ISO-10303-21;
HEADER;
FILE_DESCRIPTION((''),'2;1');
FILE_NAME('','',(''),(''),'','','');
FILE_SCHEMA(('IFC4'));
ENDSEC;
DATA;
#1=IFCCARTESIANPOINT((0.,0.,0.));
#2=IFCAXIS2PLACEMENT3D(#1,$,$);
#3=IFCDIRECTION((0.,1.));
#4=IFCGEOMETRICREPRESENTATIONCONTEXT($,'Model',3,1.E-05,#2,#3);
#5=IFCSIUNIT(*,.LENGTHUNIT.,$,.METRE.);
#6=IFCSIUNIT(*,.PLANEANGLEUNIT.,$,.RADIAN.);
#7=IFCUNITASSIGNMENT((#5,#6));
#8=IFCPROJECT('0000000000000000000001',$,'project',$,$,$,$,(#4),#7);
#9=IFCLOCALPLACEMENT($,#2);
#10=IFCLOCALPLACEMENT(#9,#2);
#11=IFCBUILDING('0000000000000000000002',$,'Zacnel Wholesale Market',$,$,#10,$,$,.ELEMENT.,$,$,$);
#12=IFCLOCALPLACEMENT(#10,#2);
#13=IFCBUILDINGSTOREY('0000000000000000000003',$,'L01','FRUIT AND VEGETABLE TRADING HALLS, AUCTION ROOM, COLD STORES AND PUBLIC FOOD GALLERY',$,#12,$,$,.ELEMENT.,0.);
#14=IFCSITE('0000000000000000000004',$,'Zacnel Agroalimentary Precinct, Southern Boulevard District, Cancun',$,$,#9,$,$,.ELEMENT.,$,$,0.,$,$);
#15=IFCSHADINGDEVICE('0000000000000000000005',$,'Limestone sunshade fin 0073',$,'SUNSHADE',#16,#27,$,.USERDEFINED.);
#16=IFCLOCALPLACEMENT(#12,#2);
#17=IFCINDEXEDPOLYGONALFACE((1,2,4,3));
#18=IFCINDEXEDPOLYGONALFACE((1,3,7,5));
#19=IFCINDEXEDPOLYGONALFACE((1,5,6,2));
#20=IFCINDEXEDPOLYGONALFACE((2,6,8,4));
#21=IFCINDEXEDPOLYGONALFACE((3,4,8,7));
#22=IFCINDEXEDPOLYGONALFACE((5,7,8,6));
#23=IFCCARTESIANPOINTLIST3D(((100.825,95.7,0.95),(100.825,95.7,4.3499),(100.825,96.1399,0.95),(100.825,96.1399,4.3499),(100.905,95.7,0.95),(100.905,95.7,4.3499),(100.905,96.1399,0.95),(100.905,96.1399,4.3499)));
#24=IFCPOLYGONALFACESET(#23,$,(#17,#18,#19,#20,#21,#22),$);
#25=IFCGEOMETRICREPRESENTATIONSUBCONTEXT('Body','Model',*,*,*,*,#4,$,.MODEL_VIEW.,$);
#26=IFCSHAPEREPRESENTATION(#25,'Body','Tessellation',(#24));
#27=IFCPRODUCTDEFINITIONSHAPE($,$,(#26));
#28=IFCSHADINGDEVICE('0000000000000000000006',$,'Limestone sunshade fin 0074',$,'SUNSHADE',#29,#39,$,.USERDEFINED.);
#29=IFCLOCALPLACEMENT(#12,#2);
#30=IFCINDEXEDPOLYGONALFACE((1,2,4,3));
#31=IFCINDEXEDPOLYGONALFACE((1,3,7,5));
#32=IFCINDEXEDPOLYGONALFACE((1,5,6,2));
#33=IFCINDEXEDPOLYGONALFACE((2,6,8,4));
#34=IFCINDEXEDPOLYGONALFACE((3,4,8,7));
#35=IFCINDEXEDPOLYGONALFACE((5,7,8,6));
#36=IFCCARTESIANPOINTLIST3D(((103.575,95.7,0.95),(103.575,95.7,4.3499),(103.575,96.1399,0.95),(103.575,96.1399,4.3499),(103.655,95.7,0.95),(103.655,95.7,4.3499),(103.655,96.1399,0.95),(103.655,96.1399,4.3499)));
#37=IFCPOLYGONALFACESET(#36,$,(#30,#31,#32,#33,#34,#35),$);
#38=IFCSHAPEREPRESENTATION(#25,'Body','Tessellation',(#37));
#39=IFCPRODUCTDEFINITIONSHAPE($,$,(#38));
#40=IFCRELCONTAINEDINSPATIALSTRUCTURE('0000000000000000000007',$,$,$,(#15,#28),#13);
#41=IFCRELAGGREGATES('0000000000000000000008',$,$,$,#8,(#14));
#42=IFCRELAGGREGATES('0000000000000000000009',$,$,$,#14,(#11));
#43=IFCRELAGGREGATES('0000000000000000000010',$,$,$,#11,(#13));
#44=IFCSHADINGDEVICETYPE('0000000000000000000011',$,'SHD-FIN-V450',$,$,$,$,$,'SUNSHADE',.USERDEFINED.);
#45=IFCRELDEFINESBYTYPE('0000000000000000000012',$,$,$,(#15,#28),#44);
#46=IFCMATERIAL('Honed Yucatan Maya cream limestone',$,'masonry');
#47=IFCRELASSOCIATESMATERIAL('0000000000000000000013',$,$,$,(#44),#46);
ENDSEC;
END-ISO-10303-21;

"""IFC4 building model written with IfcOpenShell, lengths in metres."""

from ifc_helpers import new_model, si_unit, direction, frame, origin, origin_2d, place, context, subcontext, project, spatial, rectangle, extrude, material, type_object, element, save


model = new_model("IFC4")

# Units and contexts
model_context = context("Model", 3, precision=1e-05, world=origin(), true_north=direction((0.0, 1.0)))
body_context = subcontext(model_context, "Body", "Model", "MODEL_VIEW")
ifc_project = project(units=[si_unit("LENGTHUNIT", "METRE"), si_unit("PLANEANGLEUNIT", "RADIAN")], contexts=[model_context])

# Site, building, storey
site_placement = place(None, origin())
site = spatial("IfcSite", under=ifc_project, at=site_placement, Name="Zacnel Agroalimentary Precinct, Southern Boulevard District, Cancun", CompositionType="ELEMENT", RefElevation=0.0)
building_placement = place(site_placement, origin())
building = spatial("IfcBuilding", under=site, at=building_placement, Name="Zacnel Wholesale Market", CompositionType="ELEMENT")
storey_placement = place(building_placement, origin())
storey = spatial("IfcBuildingStorey", under=building, at=storey_placement, Name="L01", Description="FRUIT AND VEGETABLE TRADING HALLS, AUCTION ROOM, COLD STORES AND PUBLIC FOOD GALLERY", CompositionType="ELEMENT", Elevation=0.0)

# Shading devices
ifc_material_1 = material(Name="Honed Yucatan Maya cream limestone", Category="masonry")
shading_device_type = type_object("IfcShadingDeviceType", Name="SHD-FIN-V450", ElementType="SUNSHADE", PredefinedType="USERDEFINED", material=ifc_material_1)
for number, where, z_axis, x_axis, name in (
    (1, (100.865, 95.9199, 0.95), (0.0, 0.0, 1.0), (1.0, 0.0, 0.0), "Limestone sunshade fin 0073"),
    (2, (103.615, 95.9199, 0.95), (0.0, 0.0, 1.0), (1.0, 0.0, 0.0), "Limestone sunshade fin 0074"),
):
    element("IfcShadingDevice", number, at=place(storey_placement, frame(where, z_axis=z_axis, x_axis=x_axis)), inside=storey, type_object=shading_device_type, Name=name, ObjectType="SUNSHADE", PredefinedType="USERDEFINED", context=body_context, shape_type="SweptSolid", body=[
        extrude(rectangle(XDim=0.0801, YDim=0.4399, at=origin_2d()), origin(), (0.0, 0.0, 1.0), 3.3999),
    ])

save(model, "model.ifc")
